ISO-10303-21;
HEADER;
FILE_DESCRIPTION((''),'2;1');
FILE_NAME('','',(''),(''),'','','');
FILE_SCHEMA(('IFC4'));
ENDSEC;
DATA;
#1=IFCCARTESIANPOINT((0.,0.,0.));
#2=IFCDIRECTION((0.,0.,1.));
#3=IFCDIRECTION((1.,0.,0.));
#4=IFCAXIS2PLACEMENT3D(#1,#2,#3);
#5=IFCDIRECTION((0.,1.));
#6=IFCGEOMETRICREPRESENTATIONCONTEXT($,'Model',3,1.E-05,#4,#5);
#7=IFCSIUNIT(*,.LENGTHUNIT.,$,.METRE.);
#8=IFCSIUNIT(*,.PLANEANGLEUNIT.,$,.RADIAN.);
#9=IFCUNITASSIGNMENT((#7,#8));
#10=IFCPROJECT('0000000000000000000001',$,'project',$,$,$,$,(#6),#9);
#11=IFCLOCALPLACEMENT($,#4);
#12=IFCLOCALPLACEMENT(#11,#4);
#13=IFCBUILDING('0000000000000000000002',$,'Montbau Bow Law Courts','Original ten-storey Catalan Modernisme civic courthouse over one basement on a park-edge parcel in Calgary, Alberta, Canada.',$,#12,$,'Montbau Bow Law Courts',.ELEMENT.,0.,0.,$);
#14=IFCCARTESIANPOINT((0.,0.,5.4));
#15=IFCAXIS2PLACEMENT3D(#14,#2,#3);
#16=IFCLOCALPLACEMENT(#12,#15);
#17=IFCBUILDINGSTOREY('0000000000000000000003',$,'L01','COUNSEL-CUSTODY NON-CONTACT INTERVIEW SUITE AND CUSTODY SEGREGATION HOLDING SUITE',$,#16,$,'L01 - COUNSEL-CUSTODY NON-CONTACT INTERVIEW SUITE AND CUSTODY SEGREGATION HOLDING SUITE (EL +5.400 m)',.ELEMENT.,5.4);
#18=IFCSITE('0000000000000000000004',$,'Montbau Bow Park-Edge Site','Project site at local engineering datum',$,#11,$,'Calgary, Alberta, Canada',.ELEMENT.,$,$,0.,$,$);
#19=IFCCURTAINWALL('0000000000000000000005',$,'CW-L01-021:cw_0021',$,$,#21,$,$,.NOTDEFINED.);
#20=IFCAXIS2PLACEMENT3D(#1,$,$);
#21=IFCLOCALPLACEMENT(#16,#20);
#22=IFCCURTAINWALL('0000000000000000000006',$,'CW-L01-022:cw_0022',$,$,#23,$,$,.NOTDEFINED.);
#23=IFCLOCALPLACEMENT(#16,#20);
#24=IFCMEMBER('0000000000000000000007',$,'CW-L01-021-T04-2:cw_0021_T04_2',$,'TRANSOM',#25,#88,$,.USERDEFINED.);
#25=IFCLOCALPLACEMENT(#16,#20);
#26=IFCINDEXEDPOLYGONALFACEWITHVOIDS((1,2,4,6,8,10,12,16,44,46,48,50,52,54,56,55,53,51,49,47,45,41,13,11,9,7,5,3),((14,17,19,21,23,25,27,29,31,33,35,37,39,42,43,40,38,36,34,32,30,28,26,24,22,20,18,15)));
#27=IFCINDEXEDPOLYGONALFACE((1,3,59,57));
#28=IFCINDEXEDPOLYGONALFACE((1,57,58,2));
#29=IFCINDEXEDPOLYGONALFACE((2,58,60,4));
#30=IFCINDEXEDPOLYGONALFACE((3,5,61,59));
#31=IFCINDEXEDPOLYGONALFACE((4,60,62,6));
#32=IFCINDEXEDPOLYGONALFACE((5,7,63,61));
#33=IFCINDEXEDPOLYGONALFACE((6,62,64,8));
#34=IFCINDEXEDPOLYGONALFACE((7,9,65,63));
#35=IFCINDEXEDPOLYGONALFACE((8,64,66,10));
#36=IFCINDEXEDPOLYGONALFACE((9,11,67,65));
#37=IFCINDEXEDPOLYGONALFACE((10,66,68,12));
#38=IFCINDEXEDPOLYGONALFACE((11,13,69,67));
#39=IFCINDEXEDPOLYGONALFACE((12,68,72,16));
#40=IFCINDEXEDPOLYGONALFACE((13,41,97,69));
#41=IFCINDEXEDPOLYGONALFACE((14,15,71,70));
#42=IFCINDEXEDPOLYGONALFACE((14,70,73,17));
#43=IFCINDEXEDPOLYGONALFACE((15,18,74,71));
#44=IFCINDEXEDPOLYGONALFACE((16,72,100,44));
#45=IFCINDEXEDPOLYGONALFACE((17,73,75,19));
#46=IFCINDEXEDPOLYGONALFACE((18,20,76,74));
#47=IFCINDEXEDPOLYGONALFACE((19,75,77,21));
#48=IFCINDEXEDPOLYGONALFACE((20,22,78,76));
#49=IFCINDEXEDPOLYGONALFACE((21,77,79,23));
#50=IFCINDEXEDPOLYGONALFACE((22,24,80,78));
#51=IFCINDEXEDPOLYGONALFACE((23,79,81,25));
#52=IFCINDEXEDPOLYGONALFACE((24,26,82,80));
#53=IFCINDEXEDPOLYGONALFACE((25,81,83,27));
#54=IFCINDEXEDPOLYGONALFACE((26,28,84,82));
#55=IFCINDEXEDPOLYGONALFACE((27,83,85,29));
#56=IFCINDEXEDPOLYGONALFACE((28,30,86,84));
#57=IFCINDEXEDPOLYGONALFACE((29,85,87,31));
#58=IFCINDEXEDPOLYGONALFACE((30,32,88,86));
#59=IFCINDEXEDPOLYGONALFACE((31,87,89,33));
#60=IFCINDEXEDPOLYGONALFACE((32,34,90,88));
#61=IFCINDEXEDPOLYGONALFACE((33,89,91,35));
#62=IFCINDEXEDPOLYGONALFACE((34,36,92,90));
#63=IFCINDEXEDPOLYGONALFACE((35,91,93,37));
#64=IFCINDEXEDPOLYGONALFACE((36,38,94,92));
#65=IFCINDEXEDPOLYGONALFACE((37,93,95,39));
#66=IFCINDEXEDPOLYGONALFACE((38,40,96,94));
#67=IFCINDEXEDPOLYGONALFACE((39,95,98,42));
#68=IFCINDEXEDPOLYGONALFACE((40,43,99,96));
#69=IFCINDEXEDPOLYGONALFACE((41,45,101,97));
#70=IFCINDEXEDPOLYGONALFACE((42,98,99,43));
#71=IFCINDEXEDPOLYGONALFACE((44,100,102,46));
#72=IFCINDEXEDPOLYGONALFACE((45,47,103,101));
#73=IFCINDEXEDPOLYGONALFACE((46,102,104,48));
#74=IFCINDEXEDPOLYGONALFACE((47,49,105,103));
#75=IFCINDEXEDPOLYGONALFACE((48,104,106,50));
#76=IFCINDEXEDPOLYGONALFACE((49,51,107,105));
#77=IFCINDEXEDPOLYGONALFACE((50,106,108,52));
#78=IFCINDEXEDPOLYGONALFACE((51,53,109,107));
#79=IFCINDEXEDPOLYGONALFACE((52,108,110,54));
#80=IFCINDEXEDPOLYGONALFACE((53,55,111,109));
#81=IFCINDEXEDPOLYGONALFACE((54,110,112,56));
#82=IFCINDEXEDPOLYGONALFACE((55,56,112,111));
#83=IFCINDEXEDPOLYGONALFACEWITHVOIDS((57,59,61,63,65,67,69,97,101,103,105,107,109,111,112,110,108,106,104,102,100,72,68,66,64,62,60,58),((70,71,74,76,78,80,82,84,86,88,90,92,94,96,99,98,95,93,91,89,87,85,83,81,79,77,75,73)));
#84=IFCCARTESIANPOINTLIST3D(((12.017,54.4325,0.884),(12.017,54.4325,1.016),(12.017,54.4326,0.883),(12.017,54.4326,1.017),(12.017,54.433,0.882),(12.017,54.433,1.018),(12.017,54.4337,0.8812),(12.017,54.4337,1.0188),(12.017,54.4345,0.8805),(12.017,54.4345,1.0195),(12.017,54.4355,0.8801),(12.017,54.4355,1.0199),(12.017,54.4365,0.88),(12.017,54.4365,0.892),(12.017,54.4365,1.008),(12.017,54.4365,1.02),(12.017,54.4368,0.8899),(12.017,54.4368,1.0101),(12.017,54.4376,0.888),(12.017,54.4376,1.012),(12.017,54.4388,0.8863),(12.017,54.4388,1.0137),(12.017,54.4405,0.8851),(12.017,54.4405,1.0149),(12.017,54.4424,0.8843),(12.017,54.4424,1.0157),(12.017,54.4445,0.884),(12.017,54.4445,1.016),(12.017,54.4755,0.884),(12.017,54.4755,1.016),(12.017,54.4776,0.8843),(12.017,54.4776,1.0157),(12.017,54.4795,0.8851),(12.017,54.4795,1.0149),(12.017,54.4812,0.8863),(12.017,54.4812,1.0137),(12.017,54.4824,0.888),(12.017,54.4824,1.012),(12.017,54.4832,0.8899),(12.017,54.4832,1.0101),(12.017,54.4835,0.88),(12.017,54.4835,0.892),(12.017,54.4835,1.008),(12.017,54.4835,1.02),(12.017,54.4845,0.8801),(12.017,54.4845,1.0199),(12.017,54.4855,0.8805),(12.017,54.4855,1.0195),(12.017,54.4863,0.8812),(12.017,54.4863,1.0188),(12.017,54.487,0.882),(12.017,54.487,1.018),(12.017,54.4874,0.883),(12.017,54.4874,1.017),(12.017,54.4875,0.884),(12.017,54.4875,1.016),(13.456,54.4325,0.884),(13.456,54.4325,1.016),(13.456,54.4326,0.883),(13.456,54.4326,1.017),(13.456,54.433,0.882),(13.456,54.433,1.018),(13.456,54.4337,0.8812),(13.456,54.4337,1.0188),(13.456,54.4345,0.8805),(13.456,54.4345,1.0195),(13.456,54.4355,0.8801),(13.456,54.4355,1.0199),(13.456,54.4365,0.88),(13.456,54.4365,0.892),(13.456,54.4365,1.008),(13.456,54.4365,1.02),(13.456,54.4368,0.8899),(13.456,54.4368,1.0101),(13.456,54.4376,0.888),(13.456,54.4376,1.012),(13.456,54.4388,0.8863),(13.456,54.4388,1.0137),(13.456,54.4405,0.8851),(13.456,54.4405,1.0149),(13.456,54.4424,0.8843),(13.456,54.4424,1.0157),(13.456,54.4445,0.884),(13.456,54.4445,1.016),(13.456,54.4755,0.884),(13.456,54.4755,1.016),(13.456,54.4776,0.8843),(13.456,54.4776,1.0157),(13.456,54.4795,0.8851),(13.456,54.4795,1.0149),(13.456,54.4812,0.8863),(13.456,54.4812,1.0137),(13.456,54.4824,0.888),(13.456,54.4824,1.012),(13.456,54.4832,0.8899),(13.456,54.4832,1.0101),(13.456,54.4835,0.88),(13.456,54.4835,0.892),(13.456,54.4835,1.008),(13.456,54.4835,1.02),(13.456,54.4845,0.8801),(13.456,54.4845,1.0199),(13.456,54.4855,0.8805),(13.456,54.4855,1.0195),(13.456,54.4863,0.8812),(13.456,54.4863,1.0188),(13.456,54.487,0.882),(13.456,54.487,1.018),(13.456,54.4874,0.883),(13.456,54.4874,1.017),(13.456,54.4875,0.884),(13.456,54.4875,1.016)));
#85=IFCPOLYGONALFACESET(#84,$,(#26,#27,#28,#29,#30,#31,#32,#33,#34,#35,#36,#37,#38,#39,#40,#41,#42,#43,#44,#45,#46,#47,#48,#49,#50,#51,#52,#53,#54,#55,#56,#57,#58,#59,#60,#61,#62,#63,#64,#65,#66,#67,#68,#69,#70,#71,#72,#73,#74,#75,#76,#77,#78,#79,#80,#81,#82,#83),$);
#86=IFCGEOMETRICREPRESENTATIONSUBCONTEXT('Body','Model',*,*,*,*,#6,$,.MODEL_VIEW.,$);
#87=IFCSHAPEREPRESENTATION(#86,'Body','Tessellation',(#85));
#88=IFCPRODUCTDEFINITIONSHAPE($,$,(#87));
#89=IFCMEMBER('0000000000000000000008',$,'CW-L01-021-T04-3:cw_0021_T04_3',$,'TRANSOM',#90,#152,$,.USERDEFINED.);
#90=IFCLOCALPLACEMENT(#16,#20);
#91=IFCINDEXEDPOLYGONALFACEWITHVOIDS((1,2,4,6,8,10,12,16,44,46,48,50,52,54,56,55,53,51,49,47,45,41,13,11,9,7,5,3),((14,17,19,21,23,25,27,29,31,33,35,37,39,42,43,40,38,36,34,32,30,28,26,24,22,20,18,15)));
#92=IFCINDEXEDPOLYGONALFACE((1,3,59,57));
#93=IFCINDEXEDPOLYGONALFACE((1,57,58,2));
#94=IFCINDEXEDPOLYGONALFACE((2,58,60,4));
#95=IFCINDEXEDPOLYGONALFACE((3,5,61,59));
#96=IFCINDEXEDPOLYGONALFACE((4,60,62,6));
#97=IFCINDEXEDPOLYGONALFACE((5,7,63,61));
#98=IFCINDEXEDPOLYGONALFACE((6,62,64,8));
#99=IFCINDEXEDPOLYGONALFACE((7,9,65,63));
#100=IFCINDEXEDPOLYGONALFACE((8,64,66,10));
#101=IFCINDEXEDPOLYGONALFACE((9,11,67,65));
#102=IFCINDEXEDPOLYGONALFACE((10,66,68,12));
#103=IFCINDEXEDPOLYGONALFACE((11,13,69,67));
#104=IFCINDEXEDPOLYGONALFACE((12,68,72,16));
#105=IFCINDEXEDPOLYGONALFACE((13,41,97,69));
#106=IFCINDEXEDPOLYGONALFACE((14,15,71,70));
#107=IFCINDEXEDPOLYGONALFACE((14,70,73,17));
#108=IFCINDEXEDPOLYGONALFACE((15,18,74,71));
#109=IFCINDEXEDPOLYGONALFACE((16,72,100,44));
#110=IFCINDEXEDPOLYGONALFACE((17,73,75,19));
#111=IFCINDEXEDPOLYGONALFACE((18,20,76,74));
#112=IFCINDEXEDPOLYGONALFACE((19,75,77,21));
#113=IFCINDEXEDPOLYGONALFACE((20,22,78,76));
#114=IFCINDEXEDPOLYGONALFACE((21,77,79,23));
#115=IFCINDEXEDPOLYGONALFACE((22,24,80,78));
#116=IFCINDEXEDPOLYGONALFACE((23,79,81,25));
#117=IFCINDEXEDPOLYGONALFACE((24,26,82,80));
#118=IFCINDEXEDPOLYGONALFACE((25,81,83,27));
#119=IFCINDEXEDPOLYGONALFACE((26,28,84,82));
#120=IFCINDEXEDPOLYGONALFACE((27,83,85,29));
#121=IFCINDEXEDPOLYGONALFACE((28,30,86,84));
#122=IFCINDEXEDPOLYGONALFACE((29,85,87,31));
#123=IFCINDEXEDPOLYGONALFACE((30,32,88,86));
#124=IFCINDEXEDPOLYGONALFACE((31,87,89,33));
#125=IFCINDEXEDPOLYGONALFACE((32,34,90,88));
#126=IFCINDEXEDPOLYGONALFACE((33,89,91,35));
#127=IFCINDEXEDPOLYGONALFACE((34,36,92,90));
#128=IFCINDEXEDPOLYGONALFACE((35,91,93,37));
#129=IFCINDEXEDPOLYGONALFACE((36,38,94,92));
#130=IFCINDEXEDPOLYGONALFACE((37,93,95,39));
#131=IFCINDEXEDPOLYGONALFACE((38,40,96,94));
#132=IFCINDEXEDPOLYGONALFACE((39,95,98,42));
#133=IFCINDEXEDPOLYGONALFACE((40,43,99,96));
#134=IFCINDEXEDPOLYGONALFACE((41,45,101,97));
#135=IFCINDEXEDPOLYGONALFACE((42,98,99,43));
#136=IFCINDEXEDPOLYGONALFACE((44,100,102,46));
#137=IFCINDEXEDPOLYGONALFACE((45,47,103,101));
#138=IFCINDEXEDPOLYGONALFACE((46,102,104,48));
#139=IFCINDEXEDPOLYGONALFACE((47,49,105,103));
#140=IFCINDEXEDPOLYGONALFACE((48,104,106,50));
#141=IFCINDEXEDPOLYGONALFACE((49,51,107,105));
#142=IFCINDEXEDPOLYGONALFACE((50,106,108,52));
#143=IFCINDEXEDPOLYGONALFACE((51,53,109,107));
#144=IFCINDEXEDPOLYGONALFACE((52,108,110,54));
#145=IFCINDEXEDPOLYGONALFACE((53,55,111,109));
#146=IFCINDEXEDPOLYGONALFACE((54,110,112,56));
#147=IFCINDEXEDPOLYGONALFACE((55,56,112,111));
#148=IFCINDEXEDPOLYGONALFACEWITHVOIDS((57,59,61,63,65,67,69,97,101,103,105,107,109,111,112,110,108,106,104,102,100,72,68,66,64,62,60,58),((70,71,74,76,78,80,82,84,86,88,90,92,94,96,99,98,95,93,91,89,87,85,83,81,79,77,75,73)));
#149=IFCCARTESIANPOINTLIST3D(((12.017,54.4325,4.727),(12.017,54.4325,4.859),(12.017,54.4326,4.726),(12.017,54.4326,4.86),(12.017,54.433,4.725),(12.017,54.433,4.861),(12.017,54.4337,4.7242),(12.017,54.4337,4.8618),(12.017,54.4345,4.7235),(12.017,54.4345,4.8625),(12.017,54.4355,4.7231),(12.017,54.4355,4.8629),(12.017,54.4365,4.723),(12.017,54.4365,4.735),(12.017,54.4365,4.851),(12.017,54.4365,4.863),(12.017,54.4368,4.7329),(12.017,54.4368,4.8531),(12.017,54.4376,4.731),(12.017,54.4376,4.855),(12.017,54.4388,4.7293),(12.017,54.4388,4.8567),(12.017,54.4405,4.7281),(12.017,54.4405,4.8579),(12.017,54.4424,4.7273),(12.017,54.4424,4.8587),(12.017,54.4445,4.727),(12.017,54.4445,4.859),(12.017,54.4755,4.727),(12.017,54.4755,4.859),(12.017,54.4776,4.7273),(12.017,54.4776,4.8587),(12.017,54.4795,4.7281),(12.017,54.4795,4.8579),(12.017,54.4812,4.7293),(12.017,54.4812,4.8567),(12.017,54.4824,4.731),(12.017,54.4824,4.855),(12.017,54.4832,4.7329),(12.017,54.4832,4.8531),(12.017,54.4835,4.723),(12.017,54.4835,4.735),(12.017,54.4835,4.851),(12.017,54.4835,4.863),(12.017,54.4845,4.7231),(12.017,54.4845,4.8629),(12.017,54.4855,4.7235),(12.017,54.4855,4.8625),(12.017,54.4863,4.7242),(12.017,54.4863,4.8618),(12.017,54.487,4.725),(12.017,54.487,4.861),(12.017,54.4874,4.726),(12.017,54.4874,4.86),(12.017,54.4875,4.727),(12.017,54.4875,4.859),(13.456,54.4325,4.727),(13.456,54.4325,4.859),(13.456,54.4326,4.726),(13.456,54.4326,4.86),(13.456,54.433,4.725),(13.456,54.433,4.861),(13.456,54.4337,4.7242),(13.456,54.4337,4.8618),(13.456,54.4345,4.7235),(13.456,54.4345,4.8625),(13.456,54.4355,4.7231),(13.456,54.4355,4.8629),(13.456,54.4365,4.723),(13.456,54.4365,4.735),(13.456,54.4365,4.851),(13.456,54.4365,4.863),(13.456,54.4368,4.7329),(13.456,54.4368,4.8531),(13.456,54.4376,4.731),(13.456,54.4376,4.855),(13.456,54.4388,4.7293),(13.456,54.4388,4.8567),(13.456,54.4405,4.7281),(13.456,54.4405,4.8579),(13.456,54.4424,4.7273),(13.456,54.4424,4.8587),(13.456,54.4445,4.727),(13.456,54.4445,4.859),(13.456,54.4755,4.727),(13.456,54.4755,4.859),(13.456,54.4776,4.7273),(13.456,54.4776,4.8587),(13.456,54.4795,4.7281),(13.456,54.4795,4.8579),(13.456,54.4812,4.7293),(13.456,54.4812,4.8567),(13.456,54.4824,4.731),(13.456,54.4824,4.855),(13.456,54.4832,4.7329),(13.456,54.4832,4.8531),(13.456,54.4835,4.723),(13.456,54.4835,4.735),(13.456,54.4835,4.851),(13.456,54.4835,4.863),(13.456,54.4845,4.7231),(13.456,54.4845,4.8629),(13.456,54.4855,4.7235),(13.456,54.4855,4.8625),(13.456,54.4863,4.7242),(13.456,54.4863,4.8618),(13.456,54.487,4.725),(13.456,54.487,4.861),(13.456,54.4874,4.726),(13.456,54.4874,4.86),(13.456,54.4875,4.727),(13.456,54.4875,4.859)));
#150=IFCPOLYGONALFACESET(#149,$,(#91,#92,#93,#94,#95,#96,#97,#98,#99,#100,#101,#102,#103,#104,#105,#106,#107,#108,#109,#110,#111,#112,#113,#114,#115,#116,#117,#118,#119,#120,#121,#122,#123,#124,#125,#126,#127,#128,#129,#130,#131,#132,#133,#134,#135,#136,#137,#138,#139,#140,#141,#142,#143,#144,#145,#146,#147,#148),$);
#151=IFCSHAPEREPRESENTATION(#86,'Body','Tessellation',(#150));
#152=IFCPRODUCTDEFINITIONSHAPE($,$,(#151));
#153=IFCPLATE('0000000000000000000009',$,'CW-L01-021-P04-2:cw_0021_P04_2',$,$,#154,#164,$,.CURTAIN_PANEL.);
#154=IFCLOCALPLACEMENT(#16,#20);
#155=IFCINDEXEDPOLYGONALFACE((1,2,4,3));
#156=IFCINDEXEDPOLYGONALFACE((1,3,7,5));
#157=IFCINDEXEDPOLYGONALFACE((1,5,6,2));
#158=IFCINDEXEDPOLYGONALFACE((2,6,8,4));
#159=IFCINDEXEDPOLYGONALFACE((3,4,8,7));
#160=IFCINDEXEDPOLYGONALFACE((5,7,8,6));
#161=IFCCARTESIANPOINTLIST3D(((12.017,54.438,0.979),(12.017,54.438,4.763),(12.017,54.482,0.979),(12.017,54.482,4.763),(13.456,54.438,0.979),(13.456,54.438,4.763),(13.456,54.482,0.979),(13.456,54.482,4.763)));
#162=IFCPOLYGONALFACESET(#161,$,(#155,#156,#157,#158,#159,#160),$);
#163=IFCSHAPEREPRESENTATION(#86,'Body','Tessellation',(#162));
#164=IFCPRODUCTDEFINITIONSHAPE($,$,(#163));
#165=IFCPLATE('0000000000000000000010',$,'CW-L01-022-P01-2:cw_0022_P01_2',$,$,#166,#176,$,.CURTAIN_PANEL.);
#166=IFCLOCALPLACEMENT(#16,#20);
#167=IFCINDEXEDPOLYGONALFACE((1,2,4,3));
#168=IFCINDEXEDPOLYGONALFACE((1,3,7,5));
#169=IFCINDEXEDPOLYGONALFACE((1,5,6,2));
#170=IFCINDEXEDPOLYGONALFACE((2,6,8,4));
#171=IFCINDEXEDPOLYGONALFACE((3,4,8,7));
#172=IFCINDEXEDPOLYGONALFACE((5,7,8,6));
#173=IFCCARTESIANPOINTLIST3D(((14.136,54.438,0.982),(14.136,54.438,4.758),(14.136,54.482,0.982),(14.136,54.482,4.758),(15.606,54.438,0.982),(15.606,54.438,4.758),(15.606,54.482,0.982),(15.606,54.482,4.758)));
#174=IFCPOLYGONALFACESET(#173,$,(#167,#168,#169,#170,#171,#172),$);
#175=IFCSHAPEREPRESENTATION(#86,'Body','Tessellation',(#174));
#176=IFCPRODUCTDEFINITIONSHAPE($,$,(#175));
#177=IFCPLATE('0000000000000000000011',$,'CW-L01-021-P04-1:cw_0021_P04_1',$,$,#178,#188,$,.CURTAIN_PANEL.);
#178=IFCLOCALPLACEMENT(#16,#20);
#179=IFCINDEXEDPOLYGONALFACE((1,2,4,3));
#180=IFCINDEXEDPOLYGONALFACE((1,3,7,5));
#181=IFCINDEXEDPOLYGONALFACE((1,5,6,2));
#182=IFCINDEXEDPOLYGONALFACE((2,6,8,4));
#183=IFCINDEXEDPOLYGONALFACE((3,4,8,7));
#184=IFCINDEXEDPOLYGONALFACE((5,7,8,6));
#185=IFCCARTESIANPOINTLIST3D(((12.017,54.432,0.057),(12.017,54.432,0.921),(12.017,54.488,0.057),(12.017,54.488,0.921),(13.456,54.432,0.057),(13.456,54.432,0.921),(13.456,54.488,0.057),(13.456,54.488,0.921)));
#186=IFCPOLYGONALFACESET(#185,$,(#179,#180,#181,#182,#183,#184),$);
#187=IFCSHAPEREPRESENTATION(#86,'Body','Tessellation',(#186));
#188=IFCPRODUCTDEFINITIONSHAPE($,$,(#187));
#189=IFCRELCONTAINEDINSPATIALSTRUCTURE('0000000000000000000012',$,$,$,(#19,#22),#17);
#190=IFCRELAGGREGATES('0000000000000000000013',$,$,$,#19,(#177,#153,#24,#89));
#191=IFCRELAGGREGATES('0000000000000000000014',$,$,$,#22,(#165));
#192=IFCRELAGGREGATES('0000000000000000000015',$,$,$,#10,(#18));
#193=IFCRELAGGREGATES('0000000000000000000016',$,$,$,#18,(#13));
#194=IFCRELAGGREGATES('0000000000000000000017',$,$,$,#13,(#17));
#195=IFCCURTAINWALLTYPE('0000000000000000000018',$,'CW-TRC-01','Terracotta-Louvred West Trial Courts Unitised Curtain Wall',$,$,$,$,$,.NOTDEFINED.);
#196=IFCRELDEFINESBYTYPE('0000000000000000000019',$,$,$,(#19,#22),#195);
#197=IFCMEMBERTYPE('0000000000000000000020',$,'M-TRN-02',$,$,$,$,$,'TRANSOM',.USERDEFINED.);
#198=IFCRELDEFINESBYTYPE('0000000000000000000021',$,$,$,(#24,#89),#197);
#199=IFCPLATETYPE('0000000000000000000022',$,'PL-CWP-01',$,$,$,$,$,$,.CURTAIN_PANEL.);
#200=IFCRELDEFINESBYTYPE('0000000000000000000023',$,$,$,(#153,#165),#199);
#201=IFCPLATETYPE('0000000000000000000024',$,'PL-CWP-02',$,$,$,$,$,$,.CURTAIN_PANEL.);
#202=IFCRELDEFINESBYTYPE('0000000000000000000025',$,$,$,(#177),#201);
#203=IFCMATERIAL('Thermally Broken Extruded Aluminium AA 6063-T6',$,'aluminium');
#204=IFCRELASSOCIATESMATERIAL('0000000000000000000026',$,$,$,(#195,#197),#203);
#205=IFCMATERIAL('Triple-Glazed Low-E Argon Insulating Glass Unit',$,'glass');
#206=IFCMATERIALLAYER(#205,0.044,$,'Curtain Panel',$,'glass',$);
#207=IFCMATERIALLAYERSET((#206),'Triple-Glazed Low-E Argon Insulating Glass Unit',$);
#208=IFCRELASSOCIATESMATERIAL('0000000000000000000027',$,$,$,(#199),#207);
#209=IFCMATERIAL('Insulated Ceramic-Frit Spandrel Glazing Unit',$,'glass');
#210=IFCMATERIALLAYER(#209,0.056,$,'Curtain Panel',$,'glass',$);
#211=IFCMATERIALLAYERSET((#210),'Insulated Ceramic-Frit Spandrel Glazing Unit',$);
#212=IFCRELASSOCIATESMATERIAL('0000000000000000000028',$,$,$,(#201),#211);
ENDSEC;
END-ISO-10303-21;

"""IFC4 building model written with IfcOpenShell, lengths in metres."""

from ifc_helpers import new_model, si_unit, direction, frame, frame_2d, origin_with_axes, origin_2d_with_axis, place, context, subcontext, project, spatial, rectangle, hollow_rectangle, extrude, material, layer, layer_set, material_profile, profile_set, type_object, element, aggregate, save


model = new_model("IFC4")

# Units and contexts
model_context = context("Model", 3, precision=1e-05, world=origin_with_axes(), true_north=direction((0.0, 1.0)))
body_context = subcontext(model_context, "Body", "Model", "MODEL_VIEW")
ifc_project = project(units=[si_unit("LENGTHUNIT", "METRE"), si_unit("PLANEANGLEUNIT", "RADIAN")], contexts=[model_context])

# Site, building, storey
site_placement = place(None, origin_with_axes())
site = spatial("IfcSite", under=ifc_project, at=site_placement, Name="Montbau Bow Park-Edge Site", Description="Project site at local engineering datum", LongName="Calgary, Alberta, Canada", CompositionType="ELEMENT", RefElevation=0.0)
building_placement = place(site_placement, origin_with_axes())
building = spatial("IfcBuilding", under=site, at=building_placement, Name="Montbau Bow Law Courts", Description="Original ten-storey Catalan Modernisme civic courthouse over one basement on a park-edge parcel in Calgary, Alberta, Canada.", LongName="Montbau Bow Law Courts", CompositionType="ELEMENT", ElevationOfRefHeight=0.0, ElevationOfTerrain=0.0)
storey_placement = place(building_placement, frame((0.0, 0.0, 5.4), z_axis=(0.0, 0.0, 1.0), x_axis=(1.0, 0.0, 0.0)))
storey = spatial("IfcBuildingStorey", under=building, at=storey_placement, Name="L01", Description="COUNSEL-CUSTODY NON-CONTACT INTERVIEW SUITE AND CUSTODY SEGREGATION HOLDING SUITE", LongName="L01 - COUNSEL-CUSTODY NON-CONTACT INTERVIEW SUITE AND CUSTODY SEGREGATION HOLDING SUITE (EL +5.400 m)", CompositionType="ELEMENT", Elevation=5.4)

# Curtain walls
ifc_material_1 = material(Name="Thermally Broken Extruded Aluminium AA 6063-T6", Category="aluminium")
curtain_wall_type = type_object("IfcCurtainWallType", Name="CW-TRC-01", Description="Terracotta-Louvred West Trial Courts Unitised Curtain Wall", PredefinedType="NOTDEFINED", material=ifc_material_1)
curtain_wall_1_placement = place(None, frame((7.315, 54.46, 5.4), z_axis=(0.0, 0.0, 1.0), x_axis=(1.0, 0.0, 0.0)))
curtain_wall_1 = element("IfcCurtainWall", 1, at=curtain_wall_1_placement, inside=storey, type_object=curtain_wall_type, Name="CW-L01-021:cw_0021", PredefinedType="NOTDEFINED")
curtain_wall_2_placement = place(None, frame((14.068, 54.46, 5.4), z_axis=(0.0, 0.0, 1.0), x_axis=(1.0, 0.0, 0.0)))
curtain_wall_2 = element("IfcCurtainWall", 2, at=curtain_wall_2_placement, inside=storey, type_object=curtain_wall_type, Name="CW-L01-022:cw_0022", PredefinedType="NOTDEFINED")

# Members
ifc_material_profile_1 = material_profile(ifc_material_1, hollow_rectangle(XDim=0.055, YDim=0.14, WallThickness=0.004, InnerFilletRadius=0.008, OuterFilletRadius=0.004, at=origin_2d_with_axis()), Name="CWT-140X55", Category="Main", Priority=0)
ifc_profile_set_1 = profile_set([ifc_material_profile_1], Name="Thermally Broken Extruded Aluminium AA 6063-T6")
member_type_1 = type_object("IfcMemberType", Name="M-TRN-02", ElementType="TRANSOM", PredefinedType="USERDEFINED", material=ifc_profile_set_1)
member_1_placement = place(None, frame((12.017, 54.46, 6.35), z_axis=(1.0, 0.0, 0.0), x_axis=(0.0, 1.0, 0.0)))
member_1 = element("IfcMember", 3, at=member_1_placement, type_object=member_type_1, Name="CW-L01-021-T04-2:cw_0021_T04_2", ObjectType="TRANSOM", PredefinedType="USERDEFINED", context=body_context, shape_type="SweptSolid", body=[
    extrude(hollow_rectangle(XDim=0.055, YDim=0.14, WallThickness=0.004, InnerFilletRadius=0.008, OuterFilletRadius=0.004, at=origin_2d_with_axis()), origin_with_axes(), (0.0, 0.0, 1.0), 1.439),
])
member_2_placement = place(None, frame((12.017, 54.46, 10.193), z_axis=(1.0, 0.0, 0.0), x_axis=(0.0, 1.0, 0.0)))
member_2 = element("IfcMember", 4, at=member_2_placement, type_object=member_type_1, Name="CW-L01-021-T04-3:cw_0021_T04_3", ObjectType="TRANSOM", PredefinedType="USERDEFINED", context=body_context, shape_type="SweptSolid", body=[
    extrude(hollow_rectangle(XDim=0.055, YDim=0.14, WallThickness=0.004, InnerFilletRadius=0.008, OuterFilletRadius=0.004, at=origin_2d_with_axis()), origin_with_axes(), (0.0, 0.0, 1.0), 1.439),
])

# Plates
ifc_material_2 = material(Name="Triple-Glazed Low-E Argon Insulating Glass Unit", Category="glass")
ifc_layer_1 = layer(ifc_material_2, 0.044, Name="Curtain Panel", Category="glass")
ifc_layer_set_1 = layer_set([ifc_layer_1], Name="Triple-Glazed Low-E Argon Insulating Glass Unit")
plate_type_1 = type_object("IfcPlateType", Name="PL-CWP-01", PredefinedType="CURTAIN_PANEL", material=ifc_layer_set_1)
plate_1_placement = place(None, frame((12.017, 54.46, 6.379), z_axis=(0.0, -1.0, 0.0), x_axis=(1.0, 0.0, 0.0)))
plate_1 = element("IfcPlate", 5, at=plate_1_placement, type_object=plate_type_1, Name="CW-L01-021-P04-2:cw_0021_P04_2", PredefinedType="CURTAIN_PANEL", context=body_context, shape_type="SweptSolid", body=[
    extrude(rectangle(XDim=1.439, YDim=3.784, at=frame_2d((0.7195, 1.892), x_axis=(1.0, 0.0))), frame((0.0, 0.0, -0.022), z_axis=(0.0, 0.0, 1.0), x_axis=(1.0, 0.0, 0.0)), (0.0, 0.0, 1.0), 0.044),
])
plate_2_placement = place(None, frame((14.136, 54.46, 6.382), z_axis=(0.0, -1.0, 0.0), x_axis=(1.0, 0.0, 0.0)))
plate_2 = element("IfcPlate", 6, at=plate_2_placement, type_object=plate_type_1, Name="CW-L01-022-P01-2:cw_0022_P01_2", PredefinedType="CURTAIN_PANEL", context=body_context, shape_type="SweptSolid", body=[
    extrude(rectangle(XDim=1.47, YDim=3.776, at=frame_2d((0.735, 1.888), x_axis=(1.0, 0.0))), frame((0.0, 0.0, -0.022), z_axis=(0.0, 0.0, 1.0), x_axis=(1.0, 0.0, 0.0)), (0.0, 0.0, 1.0), 0.044),
])
ifc_material_3 = material(Name="Insulated Ceramic-Frit Spandrel Glazing Unit", Category="glass")
ifc_layer_2 = layer(ifc_material_3, 0.056, Name="Curtain Panel", Category="glass")
ifc_layer_set_2 = layer_set([ifc_layer_2], Name="Insulated Ceramic-Frit Spandrel Glazing Unit")
plate_type_2 = type_object("IfcPlateType", Name="PL-CWP-02", PredefinedType="CURTAIN_PANEL", material=ifc_layer_set_2)
plate_3_placement = place(None, frame((12.017, 54.46, 5.457), z_axis=(0.0, -1.0, 0.0), x_axis=(1.0, 0.0, 0.0)))
plate_3 = element("IfcPlate", 7, at=plate_3_placement, type_object=plate_type_2, Name="CW-L01-021-P04-1:cw_0021_P04_1", PredefinedType="CURTAIN_PANEL", context=body_context, shape_type="SweptSolid", body=[
    extrude(rectangle(XDim=1.439, YDim=0.864, at=frame_2d((0.7195, 0.432), x_axis=(1.0, 0.0))), frame((0.0, 0.0, -0.028), z_axis=(0.0, 0.0, 1.0), x_axis=(1.0, 0.0, 0.0)), (0.0, 0.0, 1.0), 0.056),
])
aggregate(curtain_wall_1, [plate_3, plate_1, member_1, member_2])
aggregate(curtain_wall_2, [plate_2])

save(model, "model.ifc")
